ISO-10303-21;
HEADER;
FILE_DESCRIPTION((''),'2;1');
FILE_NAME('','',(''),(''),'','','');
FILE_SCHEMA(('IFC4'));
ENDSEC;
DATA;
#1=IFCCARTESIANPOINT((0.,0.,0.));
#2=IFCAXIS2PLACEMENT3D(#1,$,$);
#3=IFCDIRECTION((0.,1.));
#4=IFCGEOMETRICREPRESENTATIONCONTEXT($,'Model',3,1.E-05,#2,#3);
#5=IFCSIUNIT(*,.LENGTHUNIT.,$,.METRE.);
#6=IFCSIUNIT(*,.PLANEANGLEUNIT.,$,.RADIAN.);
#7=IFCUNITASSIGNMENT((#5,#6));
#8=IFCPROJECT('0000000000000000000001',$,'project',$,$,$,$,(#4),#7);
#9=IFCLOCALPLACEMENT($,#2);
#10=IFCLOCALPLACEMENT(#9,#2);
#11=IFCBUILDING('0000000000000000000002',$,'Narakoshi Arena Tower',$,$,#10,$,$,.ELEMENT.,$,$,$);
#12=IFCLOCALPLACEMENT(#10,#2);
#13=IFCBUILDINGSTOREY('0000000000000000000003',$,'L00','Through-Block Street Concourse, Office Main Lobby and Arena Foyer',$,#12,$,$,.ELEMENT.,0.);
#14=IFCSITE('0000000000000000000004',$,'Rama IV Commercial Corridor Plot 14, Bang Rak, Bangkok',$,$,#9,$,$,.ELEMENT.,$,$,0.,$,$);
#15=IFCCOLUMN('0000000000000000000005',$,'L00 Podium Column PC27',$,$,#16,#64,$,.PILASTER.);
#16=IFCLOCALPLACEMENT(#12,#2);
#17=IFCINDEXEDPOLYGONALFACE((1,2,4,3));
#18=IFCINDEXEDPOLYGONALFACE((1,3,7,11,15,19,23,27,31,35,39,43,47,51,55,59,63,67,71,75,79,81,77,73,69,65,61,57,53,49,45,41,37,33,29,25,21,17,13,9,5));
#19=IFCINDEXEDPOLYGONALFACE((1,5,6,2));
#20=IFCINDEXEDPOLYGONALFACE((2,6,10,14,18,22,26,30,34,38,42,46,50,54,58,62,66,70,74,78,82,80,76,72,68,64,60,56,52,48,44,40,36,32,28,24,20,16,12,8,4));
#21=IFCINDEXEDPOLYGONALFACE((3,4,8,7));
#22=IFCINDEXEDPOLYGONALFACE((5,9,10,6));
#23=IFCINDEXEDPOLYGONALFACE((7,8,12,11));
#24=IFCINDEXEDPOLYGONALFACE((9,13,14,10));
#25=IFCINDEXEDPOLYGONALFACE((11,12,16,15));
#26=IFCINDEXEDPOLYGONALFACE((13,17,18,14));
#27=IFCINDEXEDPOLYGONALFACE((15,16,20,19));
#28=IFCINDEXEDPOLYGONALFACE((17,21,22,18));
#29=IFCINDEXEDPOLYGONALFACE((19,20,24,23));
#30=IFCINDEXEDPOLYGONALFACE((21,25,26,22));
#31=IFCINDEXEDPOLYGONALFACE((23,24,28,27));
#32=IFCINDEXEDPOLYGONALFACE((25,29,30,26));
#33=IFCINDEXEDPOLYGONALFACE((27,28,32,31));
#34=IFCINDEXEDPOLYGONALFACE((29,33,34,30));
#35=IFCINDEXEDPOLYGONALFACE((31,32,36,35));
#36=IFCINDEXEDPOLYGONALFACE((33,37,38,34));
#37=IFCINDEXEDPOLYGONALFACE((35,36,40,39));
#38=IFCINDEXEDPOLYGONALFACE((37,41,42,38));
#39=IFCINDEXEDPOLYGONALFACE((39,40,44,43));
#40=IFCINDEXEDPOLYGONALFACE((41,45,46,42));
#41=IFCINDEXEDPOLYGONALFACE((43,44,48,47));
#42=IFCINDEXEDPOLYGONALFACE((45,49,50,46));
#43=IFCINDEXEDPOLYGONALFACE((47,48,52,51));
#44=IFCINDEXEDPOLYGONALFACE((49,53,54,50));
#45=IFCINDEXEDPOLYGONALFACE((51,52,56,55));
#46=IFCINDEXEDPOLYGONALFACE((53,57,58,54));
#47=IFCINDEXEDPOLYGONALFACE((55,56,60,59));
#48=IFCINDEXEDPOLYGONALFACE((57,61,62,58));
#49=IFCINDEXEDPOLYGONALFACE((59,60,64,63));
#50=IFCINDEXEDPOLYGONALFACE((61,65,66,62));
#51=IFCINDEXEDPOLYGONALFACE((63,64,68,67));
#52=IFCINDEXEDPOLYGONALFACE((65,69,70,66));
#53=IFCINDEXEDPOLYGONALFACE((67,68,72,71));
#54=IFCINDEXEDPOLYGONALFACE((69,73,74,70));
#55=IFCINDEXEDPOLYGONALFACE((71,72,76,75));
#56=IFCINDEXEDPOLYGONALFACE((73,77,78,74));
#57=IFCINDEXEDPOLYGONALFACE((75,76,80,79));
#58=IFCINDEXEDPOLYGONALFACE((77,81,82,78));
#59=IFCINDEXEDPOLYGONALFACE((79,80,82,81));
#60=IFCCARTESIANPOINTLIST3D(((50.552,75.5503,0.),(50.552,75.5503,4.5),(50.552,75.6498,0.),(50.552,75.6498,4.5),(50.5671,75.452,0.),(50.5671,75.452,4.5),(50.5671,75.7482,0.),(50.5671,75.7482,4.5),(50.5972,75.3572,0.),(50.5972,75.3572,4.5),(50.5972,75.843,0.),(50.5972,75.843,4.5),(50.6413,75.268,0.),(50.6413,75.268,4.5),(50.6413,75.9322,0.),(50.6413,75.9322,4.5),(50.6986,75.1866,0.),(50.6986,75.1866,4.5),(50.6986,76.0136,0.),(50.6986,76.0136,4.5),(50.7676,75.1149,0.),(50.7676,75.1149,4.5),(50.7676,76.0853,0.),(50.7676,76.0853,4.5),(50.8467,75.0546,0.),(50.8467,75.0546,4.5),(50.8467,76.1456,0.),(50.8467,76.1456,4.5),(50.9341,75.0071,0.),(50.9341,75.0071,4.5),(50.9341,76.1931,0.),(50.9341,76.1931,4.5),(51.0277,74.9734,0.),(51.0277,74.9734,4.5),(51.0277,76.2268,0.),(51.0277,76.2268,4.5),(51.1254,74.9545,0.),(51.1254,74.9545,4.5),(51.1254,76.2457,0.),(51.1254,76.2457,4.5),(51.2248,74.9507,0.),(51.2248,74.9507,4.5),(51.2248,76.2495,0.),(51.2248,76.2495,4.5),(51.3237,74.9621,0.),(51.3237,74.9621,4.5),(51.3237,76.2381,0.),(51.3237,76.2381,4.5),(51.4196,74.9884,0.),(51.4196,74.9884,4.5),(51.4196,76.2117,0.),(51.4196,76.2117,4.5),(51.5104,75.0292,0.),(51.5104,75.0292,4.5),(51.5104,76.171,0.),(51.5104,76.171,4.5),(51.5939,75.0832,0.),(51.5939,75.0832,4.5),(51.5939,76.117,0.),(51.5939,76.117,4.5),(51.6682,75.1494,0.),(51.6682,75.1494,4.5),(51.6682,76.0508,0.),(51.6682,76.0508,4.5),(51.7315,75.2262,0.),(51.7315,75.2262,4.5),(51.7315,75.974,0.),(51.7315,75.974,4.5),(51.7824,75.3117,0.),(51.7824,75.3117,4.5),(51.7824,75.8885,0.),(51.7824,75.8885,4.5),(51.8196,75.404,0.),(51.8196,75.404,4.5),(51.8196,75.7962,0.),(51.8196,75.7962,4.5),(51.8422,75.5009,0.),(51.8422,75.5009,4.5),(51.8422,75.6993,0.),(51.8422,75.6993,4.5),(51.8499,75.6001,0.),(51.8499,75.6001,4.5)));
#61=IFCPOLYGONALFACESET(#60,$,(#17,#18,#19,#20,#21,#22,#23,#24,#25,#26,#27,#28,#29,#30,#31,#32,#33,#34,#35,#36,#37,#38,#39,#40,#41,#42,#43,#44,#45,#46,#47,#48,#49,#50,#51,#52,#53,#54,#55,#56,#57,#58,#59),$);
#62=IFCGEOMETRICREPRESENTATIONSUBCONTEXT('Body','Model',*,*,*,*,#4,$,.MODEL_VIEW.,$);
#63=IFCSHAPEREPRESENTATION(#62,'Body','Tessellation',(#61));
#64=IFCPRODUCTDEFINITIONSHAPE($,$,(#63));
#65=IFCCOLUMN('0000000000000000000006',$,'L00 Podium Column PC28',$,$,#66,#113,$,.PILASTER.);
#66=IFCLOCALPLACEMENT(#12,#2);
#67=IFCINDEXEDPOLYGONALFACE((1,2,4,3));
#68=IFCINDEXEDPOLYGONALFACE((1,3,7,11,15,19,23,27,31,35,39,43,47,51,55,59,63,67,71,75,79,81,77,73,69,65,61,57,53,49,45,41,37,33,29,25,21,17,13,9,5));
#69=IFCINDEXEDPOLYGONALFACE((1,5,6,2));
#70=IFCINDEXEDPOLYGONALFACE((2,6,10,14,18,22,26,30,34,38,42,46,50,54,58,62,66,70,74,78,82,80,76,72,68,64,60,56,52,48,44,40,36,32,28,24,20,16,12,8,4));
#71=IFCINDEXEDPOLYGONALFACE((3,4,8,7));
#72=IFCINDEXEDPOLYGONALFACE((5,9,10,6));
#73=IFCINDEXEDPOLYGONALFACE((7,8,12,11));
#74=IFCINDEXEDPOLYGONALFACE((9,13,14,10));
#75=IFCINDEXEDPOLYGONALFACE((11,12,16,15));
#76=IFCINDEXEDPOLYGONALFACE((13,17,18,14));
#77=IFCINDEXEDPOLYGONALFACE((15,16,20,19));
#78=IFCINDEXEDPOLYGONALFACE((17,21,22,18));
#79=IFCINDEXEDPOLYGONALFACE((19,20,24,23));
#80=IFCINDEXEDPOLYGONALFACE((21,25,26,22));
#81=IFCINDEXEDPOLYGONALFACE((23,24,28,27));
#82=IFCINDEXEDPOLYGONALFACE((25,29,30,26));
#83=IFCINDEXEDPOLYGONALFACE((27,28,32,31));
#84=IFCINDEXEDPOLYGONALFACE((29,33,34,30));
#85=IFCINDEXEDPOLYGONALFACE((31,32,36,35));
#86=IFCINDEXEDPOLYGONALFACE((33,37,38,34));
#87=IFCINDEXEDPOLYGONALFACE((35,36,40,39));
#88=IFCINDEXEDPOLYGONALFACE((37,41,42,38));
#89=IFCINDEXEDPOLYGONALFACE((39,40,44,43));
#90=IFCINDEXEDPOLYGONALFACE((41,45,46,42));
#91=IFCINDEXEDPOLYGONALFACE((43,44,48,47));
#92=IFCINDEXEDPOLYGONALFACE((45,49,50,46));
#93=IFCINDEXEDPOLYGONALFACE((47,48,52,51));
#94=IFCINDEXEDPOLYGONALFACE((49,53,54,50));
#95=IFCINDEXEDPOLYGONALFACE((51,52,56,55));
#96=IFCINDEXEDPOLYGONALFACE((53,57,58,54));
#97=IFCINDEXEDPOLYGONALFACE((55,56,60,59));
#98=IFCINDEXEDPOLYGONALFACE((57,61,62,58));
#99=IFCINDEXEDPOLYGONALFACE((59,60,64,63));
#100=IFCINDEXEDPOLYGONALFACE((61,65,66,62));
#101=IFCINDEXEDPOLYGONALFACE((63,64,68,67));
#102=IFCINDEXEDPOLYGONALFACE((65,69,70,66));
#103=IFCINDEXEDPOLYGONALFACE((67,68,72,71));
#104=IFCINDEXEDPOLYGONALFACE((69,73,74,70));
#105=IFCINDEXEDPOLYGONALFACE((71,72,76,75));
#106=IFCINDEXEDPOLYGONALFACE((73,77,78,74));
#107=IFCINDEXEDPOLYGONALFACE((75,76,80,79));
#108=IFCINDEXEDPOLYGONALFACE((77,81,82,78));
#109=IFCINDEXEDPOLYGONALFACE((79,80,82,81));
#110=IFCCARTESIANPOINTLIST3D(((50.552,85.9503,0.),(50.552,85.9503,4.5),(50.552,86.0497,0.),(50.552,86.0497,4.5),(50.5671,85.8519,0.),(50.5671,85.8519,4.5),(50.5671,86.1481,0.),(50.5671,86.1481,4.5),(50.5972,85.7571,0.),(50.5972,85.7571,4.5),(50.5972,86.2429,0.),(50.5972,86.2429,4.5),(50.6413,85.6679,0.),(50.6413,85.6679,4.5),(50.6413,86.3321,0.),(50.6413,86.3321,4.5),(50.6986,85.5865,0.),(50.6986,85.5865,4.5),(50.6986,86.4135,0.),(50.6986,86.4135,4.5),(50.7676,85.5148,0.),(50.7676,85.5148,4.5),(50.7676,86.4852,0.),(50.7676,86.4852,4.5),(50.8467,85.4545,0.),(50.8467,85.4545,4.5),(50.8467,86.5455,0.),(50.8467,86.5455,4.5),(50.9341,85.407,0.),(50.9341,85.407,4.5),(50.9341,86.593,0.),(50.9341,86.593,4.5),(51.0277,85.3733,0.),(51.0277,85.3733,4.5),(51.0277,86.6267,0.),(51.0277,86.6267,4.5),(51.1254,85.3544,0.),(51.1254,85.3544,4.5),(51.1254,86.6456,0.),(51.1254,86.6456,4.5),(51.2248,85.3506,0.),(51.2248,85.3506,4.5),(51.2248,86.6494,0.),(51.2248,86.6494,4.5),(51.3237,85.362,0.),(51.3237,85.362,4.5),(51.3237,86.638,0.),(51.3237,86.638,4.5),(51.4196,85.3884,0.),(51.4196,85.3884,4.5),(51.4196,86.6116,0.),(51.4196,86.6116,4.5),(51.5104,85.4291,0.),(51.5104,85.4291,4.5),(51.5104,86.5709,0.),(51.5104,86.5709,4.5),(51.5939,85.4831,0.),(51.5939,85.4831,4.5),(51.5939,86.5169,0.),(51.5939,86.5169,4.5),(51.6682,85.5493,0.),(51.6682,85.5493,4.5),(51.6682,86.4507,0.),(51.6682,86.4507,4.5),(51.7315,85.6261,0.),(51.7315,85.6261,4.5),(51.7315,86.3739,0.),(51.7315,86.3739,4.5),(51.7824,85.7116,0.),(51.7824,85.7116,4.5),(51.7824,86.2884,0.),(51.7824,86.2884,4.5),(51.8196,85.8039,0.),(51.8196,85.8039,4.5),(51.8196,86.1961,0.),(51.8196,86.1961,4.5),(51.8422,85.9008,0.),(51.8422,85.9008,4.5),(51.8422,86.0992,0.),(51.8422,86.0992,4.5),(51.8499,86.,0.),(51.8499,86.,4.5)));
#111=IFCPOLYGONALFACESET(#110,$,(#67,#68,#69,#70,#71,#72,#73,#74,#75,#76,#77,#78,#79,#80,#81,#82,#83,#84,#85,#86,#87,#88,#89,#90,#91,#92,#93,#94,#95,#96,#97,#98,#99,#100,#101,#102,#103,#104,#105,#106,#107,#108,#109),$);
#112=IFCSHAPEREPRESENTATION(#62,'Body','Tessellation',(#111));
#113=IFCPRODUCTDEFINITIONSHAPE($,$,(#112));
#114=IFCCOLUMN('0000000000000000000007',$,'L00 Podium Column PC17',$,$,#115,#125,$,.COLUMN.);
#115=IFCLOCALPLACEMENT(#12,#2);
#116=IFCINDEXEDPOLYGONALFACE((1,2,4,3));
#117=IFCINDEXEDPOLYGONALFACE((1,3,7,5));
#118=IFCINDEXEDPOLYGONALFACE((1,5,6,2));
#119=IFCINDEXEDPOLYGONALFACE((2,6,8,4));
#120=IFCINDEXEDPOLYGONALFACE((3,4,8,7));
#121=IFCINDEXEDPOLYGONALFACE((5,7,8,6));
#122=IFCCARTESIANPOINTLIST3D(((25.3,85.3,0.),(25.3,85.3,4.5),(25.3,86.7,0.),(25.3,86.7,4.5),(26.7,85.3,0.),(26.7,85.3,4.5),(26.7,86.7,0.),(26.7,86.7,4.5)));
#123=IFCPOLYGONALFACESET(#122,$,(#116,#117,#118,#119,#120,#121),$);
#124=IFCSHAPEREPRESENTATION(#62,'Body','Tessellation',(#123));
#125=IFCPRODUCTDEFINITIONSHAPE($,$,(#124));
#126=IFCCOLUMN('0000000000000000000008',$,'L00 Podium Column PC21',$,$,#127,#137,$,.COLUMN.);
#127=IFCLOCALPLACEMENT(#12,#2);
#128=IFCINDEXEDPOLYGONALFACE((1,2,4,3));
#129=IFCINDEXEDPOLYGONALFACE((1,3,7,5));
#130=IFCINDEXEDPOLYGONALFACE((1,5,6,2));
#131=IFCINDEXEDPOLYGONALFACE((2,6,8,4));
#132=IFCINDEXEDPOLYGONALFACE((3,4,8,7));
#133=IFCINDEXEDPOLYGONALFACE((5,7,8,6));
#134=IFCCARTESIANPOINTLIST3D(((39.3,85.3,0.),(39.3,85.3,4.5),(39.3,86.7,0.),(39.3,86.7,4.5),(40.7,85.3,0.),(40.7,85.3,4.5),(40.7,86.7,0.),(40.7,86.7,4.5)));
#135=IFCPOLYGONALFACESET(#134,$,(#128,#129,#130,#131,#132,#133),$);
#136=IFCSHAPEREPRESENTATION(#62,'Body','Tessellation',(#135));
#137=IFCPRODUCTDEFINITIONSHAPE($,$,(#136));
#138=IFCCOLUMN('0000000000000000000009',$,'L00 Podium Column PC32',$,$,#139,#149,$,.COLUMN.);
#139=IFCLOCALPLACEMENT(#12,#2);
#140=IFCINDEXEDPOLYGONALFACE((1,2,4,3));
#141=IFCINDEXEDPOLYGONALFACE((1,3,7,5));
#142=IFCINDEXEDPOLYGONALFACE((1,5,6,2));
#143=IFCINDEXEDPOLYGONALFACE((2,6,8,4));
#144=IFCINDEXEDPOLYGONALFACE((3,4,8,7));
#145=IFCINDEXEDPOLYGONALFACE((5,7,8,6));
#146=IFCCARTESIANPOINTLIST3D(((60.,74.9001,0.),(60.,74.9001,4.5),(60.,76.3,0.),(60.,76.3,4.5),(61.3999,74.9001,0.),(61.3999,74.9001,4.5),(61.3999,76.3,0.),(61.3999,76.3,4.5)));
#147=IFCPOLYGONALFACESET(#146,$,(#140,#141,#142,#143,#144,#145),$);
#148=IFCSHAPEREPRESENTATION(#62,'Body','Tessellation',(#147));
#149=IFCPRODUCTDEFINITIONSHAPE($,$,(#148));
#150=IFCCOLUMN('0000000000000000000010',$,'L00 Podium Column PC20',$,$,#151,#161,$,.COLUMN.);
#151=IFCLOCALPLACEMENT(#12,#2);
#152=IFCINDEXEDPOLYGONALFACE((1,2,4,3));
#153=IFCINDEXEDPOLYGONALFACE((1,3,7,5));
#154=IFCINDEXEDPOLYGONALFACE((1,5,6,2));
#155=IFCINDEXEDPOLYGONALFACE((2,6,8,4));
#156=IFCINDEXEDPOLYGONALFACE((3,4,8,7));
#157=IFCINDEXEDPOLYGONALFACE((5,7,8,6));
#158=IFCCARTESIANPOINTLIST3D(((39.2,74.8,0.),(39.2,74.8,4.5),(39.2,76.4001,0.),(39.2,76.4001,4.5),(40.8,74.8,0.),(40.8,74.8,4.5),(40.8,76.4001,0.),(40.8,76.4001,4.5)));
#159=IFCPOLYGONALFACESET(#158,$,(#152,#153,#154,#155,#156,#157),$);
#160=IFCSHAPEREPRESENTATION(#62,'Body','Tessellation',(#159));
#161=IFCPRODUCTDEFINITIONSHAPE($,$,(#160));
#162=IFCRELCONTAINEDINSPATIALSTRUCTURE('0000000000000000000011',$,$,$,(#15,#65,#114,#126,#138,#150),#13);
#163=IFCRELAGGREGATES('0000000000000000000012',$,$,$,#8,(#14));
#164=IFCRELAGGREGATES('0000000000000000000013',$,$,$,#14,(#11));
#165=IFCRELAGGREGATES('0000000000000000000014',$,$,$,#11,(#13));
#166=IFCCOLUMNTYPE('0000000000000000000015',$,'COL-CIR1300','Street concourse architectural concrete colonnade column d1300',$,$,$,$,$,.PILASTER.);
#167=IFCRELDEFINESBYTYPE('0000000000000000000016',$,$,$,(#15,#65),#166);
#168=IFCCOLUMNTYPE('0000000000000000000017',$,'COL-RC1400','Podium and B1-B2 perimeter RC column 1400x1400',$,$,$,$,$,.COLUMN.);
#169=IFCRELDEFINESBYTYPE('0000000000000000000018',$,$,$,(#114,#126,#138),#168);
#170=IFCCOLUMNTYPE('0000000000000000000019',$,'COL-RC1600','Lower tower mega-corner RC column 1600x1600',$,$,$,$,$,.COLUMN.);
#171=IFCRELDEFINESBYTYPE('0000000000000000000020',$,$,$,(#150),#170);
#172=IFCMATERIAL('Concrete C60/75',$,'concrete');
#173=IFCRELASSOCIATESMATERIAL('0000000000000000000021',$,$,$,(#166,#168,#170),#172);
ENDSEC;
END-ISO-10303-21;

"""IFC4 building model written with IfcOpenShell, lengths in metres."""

from ifc_helpers import new_model, si_unit, direction, frame, origin, origin_2d, place, context, subcontext, project, spatial, rectangle, circle, extrude, material, material_profile, profile_set, type_object, element, save


model = new_model("IFC4")

# Units and contexts
model_context = context("Model", 3, precision=1e-05, world=origin(), true_north=direction((0.0, 1.0)))
body_context = subcontext(model_context, "Body", "Model", "MODEL_VIEW")
ifc_project = project(units=[si_unit("LENGTHUNIT", "METRE"), si_unit("PLANEANGLEUNIT", "RADIAN")], contexts=[model_context])

# Site, building, storey
site_placement = place(None, origin())
site = spatial("IfcSite", under=ifc_project, at=site_placement, Name="Rama IV Commercial Corridor Plot 14, Bang Rak, Bangkok", CompositionType="ELEMENT", RefElevation=0.0)
building_placement = place(site_placement, origin())
building = spatial("IfcBuilding", under=site, at=building_placement, Name="Narakoshi Arena Tower", CompositionType="ELEMENT")
storey_placement = place(building_placement, origin())
storey = spatial("IfcBuildingStorey", under=building, at=storey_placement, Name="L00", Description="Through-Block Street Concourse, Office Main Lobby and Arena Foyer", CompositionType="ELEMENT", Elevation=0.0)

# Columns
ifc_material_1 = material(Name="Concrete C60/75", Category="concrete")
ifc_material_profile_1 = material_profile(ifc_material_1, circle(Radius=0.6499, at=origin_2d()), Name="RCC1300")
ifc_profile_set_1 = profile_set([ifc_material_profile_1], Name="Concrete C60/75")
column_type_1 = type_object("IfcColumnType", Name="COL-CIR1300", Description="Street concourse architectural concrete colonnade column d1300", PredefinedType="PILASTER", material=ifc_profile_set_1)
for number, where, z_axis, x_axis, name in (
    (1, (51.2, 75.6001, 0.0), (0.0, 0.0, 1.0), (1.0, 0.0, 0.0), "L00 Podium Column PC27"),
    (2, (51.2, 86.0, 0.0), (0.0, 0.0, 1.0), (1.0, 0.0, 0.0), "L00 Podium Column PC28"),
):
    element("IfcColumn", number, at=place(storey_placement, frame(where, z_axis=z_axis, x_axis=x_axis)), inside=storey, type_object=column_type_1, Name=name, PredefinedType="PILASTER", context=body_context, shape_type="SweptSolid", body=[
        extrude(circle(Radius=0.6499, at=origin_2d()), origin(), (0.0, 0.0, 1.0), 4.5),
    ])
ifc_material_profile_2 = material_profile(ifc_material_1, rectangle(XDim=1.3999, YDim=1.3999, at=origin_2d()), Name="RC1400x1400")
ifc_profile_set_2 = profile_set([ifc_material_profile_2], Name="Concrete C60/75")
column_type_2 = type_object("IfcColumnType", Name="COL-RC1400", Description="Podium and B1-B2 perimeter RC column 1400x1400", PredefinedType="COLUMN", material=ifc_profile_set_2)
for number, where, z_axis, x_axis, name in (
    (3, (26.0, 86.0, 0.0), (0.0, 0.0, 1.0), (1.0, 0.0, 0.0), "L00 Podium Column PC17"),
    (4, (40.0, 86.0, 0.0), (0.0, 0.0, 1.0), (1.0, 0.0, 0.0), "L00 Podium Column PC21"),
    (5, (60.7, 75.6001, 0.0), (0.0, 0.0, 1.0), (1.0, 0.0, 0.0), "L00 Podium Column PC32"),
):
    element("IfcColumn", number, at=place(storey_placement, frame(where, z_axis=z_axis, x_axis=x_axis)), inside=storey, type_object=column_type_2, Name=name, PredefinedType="COLUMN", context=body_context, shape_type="SweptSolid", body=[
        extrude(rectangle(XDim=1.3999, YDim=1.3999, at=origin_2d()), origin(), (0.0, 0.0, 1.0), 4.5),
    ])
ifc_material_profile_3 = material_profile(ifc_material_1, rectangle(XDim=1.6001, YDim=1.6001, at=origin_2d()), Name="RC1600x1600")
ifc_profile_set_3 = profile_set([ifc_material_profile_3], Name="Concrete C60/75")
column_type_3 = type_object("IfcColumnType", Name="COL-RC1600", Description="Lower tower mega-corner RC column 1600x1600", PredefinedType="COLUMN", material=ifc_profile_set_3)
column_placement = place(storey_placement, frame((40.0, 75.6001, 0.0), z_axis=(0.0, 0.0, 1.0), x_axis=(1.0, 0.0, 0.0)))
element("IfcColumn", 6, at=column_placement, inside=storey, type_object=column_type_3, Name="L00 Podium Column PC20", PredefinedType="COLUMN", context=body_context, shape_type="SweptSolid", body=[
    extrude(rectangle(XDim=1.6001, YDim=1.6001, at=origin_2d()), origin(), (0.0, 0.0, 1.0), 4.5),
])

save(model, "model.ifc")
